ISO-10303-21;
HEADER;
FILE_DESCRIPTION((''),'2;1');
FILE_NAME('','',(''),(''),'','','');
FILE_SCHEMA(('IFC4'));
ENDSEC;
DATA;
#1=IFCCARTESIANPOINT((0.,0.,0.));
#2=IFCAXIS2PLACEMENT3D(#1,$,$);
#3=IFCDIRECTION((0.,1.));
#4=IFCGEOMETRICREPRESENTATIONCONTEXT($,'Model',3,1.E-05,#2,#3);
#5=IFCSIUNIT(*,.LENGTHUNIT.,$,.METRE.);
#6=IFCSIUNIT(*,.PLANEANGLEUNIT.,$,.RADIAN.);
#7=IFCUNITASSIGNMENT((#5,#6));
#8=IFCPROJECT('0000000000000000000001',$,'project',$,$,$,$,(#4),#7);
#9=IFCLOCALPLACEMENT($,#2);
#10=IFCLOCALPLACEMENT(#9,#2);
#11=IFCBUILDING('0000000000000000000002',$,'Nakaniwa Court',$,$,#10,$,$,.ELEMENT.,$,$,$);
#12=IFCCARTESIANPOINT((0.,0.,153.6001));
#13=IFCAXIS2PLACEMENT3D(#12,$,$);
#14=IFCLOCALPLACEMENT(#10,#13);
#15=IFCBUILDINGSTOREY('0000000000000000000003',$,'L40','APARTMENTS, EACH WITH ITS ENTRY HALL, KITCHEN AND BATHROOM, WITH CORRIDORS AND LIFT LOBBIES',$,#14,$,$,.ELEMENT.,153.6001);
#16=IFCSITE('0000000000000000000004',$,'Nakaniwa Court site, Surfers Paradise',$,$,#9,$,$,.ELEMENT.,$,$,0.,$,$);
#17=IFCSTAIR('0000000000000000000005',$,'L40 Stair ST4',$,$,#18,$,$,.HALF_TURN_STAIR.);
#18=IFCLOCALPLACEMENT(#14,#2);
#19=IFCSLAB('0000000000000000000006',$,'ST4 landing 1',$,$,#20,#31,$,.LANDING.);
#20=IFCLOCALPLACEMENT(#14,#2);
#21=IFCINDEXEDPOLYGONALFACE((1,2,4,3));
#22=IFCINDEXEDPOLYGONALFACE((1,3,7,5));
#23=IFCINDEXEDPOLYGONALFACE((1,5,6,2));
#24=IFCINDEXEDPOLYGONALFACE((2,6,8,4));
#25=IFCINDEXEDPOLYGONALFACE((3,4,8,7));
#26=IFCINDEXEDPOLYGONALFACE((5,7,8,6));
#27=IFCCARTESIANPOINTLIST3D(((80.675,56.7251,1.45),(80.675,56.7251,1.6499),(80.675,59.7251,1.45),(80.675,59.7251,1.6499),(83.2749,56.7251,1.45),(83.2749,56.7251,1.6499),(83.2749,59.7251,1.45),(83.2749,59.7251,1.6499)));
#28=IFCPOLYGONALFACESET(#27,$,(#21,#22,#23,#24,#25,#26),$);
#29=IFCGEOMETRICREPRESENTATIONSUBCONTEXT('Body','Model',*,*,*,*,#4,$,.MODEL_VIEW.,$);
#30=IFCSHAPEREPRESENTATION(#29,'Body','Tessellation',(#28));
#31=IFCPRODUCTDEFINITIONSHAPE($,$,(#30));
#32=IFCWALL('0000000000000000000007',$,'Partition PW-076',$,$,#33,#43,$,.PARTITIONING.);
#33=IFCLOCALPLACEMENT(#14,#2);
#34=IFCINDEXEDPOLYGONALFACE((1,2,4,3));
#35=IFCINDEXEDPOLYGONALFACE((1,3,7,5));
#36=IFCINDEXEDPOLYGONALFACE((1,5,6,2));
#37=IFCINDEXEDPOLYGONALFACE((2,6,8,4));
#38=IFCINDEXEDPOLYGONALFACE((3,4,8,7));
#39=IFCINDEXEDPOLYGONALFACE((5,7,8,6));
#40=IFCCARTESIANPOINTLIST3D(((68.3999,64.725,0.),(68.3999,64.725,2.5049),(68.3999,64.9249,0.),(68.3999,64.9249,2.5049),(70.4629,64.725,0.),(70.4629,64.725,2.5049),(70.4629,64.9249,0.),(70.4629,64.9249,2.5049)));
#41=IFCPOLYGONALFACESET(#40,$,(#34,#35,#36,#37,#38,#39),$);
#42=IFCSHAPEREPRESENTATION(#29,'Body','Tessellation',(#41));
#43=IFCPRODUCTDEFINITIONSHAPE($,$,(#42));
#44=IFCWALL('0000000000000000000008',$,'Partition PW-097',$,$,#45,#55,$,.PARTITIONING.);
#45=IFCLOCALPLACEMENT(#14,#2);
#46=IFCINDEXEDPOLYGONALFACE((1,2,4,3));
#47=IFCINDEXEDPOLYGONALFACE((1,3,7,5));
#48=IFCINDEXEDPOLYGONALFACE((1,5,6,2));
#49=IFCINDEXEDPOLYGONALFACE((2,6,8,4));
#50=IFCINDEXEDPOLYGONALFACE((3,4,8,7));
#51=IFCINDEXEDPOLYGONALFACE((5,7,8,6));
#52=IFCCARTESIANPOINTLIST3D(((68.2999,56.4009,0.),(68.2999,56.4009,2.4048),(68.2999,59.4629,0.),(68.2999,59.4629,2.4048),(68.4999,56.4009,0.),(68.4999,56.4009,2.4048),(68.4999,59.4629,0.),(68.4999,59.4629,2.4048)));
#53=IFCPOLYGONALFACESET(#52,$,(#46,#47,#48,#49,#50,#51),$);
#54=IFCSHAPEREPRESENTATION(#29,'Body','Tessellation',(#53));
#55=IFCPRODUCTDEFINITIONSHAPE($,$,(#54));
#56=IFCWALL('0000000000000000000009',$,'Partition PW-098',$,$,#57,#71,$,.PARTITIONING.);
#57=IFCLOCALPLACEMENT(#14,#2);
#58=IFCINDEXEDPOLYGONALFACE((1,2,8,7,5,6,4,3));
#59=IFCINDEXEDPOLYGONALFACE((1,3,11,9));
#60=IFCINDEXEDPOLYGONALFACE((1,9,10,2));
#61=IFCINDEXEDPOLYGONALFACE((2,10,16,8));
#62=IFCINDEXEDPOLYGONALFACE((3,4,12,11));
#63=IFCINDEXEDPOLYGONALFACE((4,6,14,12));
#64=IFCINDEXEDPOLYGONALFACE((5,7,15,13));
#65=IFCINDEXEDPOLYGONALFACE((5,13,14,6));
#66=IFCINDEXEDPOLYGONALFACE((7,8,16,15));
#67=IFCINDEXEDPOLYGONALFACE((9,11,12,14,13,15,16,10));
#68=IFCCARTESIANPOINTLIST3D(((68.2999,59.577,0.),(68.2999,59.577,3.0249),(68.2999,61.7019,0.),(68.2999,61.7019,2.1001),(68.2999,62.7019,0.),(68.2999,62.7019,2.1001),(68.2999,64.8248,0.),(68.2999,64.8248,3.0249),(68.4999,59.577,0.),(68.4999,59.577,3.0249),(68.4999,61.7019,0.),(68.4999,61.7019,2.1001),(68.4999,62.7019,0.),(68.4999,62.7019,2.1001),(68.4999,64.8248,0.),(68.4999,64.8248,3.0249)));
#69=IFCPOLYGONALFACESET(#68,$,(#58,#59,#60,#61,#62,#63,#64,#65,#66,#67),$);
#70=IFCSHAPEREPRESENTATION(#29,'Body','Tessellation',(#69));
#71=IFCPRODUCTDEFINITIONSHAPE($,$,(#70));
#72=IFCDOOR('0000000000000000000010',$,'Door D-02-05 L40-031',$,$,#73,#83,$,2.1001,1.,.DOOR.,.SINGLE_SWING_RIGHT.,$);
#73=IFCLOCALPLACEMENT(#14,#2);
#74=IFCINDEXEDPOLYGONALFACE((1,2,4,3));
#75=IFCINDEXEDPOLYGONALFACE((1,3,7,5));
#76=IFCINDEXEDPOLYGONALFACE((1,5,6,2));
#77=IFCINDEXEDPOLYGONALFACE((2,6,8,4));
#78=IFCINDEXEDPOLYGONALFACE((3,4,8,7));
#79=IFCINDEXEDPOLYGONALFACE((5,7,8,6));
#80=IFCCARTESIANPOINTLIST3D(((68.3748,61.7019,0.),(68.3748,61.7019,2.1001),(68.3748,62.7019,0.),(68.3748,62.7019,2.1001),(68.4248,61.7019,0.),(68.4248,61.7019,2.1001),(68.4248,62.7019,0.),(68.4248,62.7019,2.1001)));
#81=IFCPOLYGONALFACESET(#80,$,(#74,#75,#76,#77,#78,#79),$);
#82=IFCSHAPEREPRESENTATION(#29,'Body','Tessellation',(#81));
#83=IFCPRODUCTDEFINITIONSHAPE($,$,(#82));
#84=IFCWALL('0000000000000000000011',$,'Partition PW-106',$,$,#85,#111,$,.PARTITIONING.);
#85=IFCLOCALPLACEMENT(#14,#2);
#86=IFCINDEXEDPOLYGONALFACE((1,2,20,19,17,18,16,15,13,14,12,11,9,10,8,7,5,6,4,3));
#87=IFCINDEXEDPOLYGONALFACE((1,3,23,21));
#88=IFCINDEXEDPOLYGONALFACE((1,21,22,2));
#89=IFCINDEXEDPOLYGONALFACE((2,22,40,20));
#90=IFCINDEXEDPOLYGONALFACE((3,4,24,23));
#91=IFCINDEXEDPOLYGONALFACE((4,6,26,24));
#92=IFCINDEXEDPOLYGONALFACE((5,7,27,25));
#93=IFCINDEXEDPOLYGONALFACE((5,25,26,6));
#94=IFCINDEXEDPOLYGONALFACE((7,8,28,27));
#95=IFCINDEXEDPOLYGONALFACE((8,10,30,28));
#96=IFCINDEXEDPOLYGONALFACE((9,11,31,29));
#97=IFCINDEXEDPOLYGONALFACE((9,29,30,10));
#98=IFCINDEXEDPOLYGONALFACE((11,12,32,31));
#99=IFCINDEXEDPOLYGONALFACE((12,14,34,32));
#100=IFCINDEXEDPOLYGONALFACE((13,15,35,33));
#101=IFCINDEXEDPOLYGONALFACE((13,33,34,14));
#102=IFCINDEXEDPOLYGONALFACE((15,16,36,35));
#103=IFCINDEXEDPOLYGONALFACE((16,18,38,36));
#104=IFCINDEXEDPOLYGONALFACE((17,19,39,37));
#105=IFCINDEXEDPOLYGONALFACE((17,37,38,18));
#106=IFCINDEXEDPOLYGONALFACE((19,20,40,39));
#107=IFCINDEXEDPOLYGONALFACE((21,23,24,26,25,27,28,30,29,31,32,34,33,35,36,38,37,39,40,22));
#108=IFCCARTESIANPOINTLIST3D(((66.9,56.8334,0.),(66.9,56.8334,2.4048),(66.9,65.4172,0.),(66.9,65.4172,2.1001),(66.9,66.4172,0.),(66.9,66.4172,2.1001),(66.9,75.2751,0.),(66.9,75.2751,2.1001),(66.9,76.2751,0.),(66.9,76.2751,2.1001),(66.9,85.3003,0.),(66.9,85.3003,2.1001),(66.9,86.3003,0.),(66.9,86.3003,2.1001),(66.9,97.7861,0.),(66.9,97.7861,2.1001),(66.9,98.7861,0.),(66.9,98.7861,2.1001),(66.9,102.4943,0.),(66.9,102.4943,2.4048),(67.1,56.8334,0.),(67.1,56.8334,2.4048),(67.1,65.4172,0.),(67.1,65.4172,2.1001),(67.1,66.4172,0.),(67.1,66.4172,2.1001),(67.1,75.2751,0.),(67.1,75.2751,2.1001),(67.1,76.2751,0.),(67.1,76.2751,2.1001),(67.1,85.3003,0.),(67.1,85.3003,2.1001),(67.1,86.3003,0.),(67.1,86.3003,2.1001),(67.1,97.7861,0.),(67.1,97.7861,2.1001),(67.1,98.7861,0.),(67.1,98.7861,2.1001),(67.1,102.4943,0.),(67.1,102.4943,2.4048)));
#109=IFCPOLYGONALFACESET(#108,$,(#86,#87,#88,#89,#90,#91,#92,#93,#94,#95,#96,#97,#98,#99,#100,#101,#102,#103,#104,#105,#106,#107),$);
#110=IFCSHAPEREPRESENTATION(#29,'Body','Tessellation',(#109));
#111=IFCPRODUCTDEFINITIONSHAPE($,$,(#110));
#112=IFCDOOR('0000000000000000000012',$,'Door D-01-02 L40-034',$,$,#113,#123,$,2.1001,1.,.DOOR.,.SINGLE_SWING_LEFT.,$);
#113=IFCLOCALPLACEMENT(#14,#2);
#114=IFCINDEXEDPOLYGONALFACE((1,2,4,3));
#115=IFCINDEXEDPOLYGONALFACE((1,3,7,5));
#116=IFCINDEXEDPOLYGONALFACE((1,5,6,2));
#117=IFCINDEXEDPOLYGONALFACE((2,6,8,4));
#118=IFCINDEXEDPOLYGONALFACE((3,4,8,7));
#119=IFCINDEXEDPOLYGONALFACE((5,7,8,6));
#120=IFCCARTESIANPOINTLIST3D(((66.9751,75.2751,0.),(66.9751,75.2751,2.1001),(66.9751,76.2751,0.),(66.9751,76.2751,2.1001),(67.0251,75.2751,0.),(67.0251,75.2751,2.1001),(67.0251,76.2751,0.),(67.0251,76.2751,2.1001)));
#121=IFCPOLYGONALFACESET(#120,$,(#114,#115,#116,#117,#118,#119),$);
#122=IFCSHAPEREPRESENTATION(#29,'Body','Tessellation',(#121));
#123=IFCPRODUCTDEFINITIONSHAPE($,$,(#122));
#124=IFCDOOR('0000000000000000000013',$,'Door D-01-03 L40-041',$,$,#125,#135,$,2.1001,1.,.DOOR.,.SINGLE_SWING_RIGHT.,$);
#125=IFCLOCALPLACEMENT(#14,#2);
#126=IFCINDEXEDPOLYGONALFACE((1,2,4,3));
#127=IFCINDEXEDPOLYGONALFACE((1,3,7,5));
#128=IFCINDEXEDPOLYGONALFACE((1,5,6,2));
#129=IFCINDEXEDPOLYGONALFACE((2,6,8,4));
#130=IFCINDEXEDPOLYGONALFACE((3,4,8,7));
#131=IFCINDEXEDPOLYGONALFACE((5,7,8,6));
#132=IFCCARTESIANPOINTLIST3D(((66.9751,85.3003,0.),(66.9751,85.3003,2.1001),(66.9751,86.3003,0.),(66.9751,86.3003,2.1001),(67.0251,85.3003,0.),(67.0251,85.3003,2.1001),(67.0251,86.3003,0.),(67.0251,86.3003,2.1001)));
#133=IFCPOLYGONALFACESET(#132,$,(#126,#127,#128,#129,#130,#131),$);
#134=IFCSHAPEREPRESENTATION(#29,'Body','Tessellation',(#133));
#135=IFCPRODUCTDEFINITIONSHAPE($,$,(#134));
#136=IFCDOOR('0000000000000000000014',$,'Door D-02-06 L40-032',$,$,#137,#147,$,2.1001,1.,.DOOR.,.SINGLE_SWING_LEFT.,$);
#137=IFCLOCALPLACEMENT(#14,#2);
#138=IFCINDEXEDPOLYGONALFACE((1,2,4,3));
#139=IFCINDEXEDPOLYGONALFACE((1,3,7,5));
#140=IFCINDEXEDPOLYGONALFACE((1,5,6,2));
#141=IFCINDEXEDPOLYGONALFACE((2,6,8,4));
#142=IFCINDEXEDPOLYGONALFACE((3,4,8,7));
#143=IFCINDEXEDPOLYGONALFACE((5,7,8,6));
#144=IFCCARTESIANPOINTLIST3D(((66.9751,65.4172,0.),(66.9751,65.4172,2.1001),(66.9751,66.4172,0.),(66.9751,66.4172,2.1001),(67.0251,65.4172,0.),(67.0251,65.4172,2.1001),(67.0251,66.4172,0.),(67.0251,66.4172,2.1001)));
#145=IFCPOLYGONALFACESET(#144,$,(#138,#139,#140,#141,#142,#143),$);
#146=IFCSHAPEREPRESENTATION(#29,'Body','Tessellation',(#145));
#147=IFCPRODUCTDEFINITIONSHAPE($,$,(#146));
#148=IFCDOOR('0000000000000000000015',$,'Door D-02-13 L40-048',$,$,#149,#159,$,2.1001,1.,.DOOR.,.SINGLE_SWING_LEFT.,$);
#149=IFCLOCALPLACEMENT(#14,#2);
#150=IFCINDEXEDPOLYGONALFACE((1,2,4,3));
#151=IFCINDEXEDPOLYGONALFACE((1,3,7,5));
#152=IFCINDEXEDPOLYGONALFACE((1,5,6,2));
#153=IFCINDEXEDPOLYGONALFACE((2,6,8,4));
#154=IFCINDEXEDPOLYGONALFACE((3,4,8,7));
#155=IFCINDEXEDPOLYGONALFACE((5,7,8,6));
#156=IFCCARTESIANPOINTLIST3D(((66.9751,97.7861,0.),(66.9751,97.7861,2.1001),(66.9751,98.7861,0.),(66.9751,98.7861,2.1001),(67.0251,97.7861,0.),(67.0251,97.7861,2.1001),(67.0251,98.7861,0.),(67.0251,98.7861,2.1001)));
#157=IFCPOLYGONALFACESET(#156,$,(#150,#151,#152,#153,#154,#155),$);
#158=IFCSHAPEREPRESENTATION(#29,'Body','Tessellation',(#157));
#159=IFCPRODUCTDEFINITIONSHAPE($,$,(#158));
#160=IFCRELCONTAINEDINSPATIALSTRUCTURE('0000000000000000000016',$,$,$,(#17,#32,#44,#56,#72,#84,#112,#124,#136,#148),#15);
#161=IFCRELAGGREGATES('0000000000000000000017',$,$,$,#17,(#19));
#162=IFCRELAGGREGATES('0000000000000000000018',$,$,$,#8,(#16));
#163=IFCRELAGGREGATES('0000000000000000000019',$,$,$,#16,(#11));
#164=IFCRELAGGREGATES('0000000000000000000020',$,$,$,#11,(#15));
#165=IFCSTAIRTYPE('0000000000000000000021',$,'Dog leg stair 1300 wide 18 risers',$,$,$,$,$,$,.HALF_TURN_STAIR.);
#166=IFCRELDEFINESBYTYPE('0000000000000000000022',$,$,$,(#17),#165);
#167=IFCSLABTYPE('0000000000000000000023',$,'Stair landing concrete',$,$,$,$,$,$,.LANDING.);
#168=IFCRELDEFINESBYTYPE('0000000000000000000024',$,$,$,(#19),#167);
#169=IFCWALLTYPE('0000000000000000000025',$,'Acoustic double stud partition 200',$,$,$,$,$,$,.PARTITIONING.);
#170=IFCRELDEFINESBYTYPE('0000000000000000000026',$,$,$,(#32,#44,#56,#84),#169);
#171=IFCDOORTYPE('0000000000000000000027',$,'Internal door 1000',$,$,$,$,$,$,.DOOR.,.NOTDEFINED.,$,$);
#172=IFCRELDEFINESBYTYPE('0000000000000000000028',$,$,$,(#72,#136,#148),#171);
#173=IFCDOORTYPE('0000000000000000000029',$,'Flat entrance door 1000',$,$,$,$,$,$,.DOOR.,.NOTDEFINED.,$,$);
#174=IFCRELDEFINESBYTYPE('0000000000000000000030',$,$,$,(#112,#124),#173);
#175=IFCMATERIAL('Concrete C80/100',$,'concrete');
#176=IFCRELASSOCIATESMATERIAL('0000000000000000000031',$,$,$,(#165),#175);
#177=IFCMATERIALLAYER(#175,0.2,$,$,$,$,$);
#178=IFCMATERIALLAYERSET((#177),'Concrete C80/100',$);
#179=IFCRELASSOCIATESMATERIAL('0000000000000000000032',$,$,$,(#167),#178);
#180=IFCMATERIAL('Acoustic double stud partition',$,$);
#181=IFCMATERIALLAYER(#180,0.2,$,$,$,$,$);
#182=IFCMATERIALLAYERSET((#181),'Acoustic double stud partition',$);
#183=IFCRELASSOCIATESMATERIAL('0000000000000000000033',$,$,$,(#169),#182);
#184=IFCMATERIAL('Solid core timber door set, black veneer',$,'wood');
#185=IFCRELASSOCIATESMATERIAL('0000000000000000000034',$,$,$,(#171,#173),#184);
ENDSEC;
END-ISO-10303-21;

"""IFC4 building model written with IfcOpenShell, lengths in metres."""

from ifc_helpers import new_model, si_unit, direction, frame, frame_2d, origin, place, context, subcontext, project, spatial, polyline, rectangle, outline, extrude, material, layer, layer_set, type_object, element, fill, aggregate, save


model = new_model("IFC4")

# Units and contexts
model_context = context("Model", 3, precision=1e-05, world=origin(), true_north=direction((0.0, 1.0)))
body_context = subcontext(model_context, "Body", "Model", "MODEL_VIEW")
ifc_project = project(units=[si_unit("LENGTHUNIT", "METRE"), si_unit("PLANEANGLEUNIT", "RADIAN")], contexts=[model_context])

# Site, building, storey
site_placement = place(None, origin())
site = spatial("IfcSite", under=ifc_project, at=site_placement, Name="Nakaniwa Court site, Surfers Paradise", CompositionType="ELEMENT", RefElevation=0.0)
building_placement = place(site_placement, origin())
building = spatial("IfcBuilding", under=site, at=building_placement, Name="Nakaniwa Court", CompositionType="ELEMENT")
storey_placement = place(building_placement, frame((0.0, 0.0, 153.6001)))
storey = spatial("IfcBuildingStorey", under=building, at=storey_placement, Name="L40", Description="APARTMENTS, EACH WITH ITS ENTRY HALL, KITCHEN AND BATHROOM, WITH CORRIDORS AND LIFT LOBBIES", CompositionType="ELEMENT", Elevation=153.6001)

# Shared definitions
ifc_material_1 = material(Name="Concrete C80/100", Category="concrete")

# Stair, slab
stair_type = type_object("IfcStairType", Name="Dog leg stair 1300 wide 18 risers", PredefinedType="HALF_TURN_STAIR", material=ifc_material_1)
ifc_layer_1 = layer(ifc_material_1, 0.2)
ifc_layer_set_1 = layer_set([ifc_layer_1], Name="Concrete C80/100")
slab_type_1 = type_object("IfcSlabType", Name="Stair landing concrete", PredefinedType="LANDING", material=ifc_layer_set_1)
stair_1_placement = place(storey_placement, origin())
stair_1 = element("IfcStair", 1, at=stair_1_placement, inside=storey, type_object=stair_type, Name="L40 Stair ST4", PredefinedType="HALF_TURN_STAIR")
slab_1_placement = place(storey_placement, frame((0.0, 0.0, 1.45)))
slab_1 = element("IfcSlab", 2, at=slab_1_placement, type_object=slab_type_1, Name="ST4 landing 1", PredefinedType="LANDING", context=body_context, shape_type="SweptSolid", body=[
    extrude(outline(polyline([(83.2749, 56.7251), (83.2749, 59.7251), (80.675, 59.7251), (80.675, 56.7251), (83.2749, 56.7251)])), origin(), (0.0, 0.0, 1.0), 0.2),
])
aggregate(stair_1, [slab_1])

# Walls
ifc_material_2 = material(Name="Acoustic double stud partition")
ifc_layer_2 = layer(ifc_material_2, 0.2)
ifc_layer_set_2 = layer_set([ifc_layer_2], Name="Acoustic double stud partition")
wall_type_1 = type_object("IfcWallType", Name="Acoustic double stud partition 200", PredefinedType="PARTITIONING", material=ifc_layer_set_2)
wall_1_placement = place(storey_placement, frame((68.3999, 64.825, 0.0), z_axis=(0.0, 0.0, 1.0), x_axis=(1.0, 0.0, 0.0)))
element("IfcWall", 3, at=wall_1_placement, inside=storey, type_object=wall_type_1, Name="Partition PW-076", PredefinedType="PARTITIONING", context=body_context, shape_type="SweptSolid", body=[
    extrude(rectangle(XDim=2.063, YDim=0.2, at=frame_2d((1.0315, 0.0))), origin(), (0.0, 0.0, 1.0), 2.5049),
])
wall_2_placement = place(storey_placement, frame((68.3999, 56.4009, 0.0), z_axis=(0.0, 0.0, 1.0), x_axis=(0.0, 1.0, 0.0)))
element("IfcWall", 4, at=wall_2_placement, inside=storey, type_object=wall_type_1, Name="Partition PW-097", PredefinedType="PARTITIONING", context=body_context, shape_type="SweptSolid", body=[
    extrude(rectangle(XDim=3.062, YDim=0.2, at=frame_2d((1.531, 0.0))), origin(), (0.0, 0.0, 1.0), 2.4048),
])

# Wall, opening, door
wall_3_placement = place(storey_placement, frame((68.3999, 64.825, 0.0), z_axis=(0.0, 0.0, 1.0), x_axis=(0.0, -1.0, 0.0)))
wall_3 = element("IfcWall", 5, at=wall_3_placement, inside=storey, type_object=wall_type_1, Name="Partition PW-098", PredefinedType="PARTITIONING", context=body_context, shape_type="SweptSolid", body=[
    extrude(rectangle(XDim=5.2478, YDim=0.2, at=frame_2d((2.624, 0.0))), origin(), (0.0, 0.0, 1.0), 3.0249),
])
opening_1_placement = place(wall_3_placement, frame((2.123, 0.0, 0.0)))
opening_1 = element("IfcOpeningElement", 6, at=opening_1_placement, cuts=wall_3, PredefinedType="OPENING", context=body_context, shape_type="SweptSolid", body=[
    extrude(rectangle(XDim=1.0, YDim=2.1001, at=frame_2d((0.5, 1.05))), frame((0.0, 0.1099, 0.0), z_axis=(0.0, -1.0, 0.0), x_axis=(1.0, 0.0, 0.0)), (0.0, 0.0, 1.0), 0.22),
])
ifc_material_3 = material(Name="Solid core timber door set, black veneer", Category="wood")
door_type_1 = type_object("IfcDoorType", Name="Internal door 1000", OperationType="NOTDEFINED", PredefinedType="DOOR", material=ifc_material_3)
door_1_placement = place(opening_1_placement, origin())
door_1 = element("IfcDoor", 7, at=door_1_placement, inside=storey, type_object=door_type_1, Name="Door D-02-05 L40-031", OperationType="SINGLE_SWING_RIGHT", OverallHeight=2.1001, OverallWidth=1.0, PredefinedType="DOOR", context=body_context, shape_type="SweptSolid", body=[
    extrude(rectangle(XDim=1.0, YDim=2.1001, at=frame_2d((0.5, 1.05))), frame((0.0, 0.0249, 0.0), z_axis=(0.0, -1.0, 0.0), x_axis=(1.0, 0.0, 0.0)), (0.0, 0.0, 1.0), 0.05),
])
fill(opening_1, door_1)

# Wall, openings, doors
wall_4_placement = place(storey_placement, frame((67.0, 56.8333, 0.0), z_axis=(0.0, 0.0, 1.0), x_axis=(0.0, 1.0, 0.0)))
wall_4 = element("IfcWall", 8, at=wall_4_placement, inside=storey, type_object=wall_type_1, Name="Partition PW-106", PredefinedType="PARTITIONING", context=body_context, shape_type="SweptSolid", body=[
    extrude(rectangle(XDim=45.6609, YDim=0.2, at=frame_2d((22.8306, 0.0))), origin(), (0.0, 0.0, 1.0), 2.4048),
])
opening_2_placement = place(wall_4_placement, frame((8.584, 0.0, 0.0)))
opening_2 = element("IfcOpeningElement", 9, at=opening_2_placement, cuts=wall_4, PredefinedType="OPENING", context=body_context, shape_type="SweptSolid", body=[
    extrude(rectangle(XDim=1.0, YDim=2.1001, at=frame_2d((0.5, 1.05))), frame((0.0, 0.1099, 0.0), z_axis=(0.0, -1.0, 0.0), x_axis=(1.0, 0.0, 0.0)), (0.0, 0.0, 1.0), 0.22),
])
opening_3_placement = place(wall_4_placement, frame((18.4419, 0.0, 0.0)))
opening_3 = element("IfcOpeningElement", 10, at=opening_3_placement, cuts=wall_4, PredefinedType="OPENING", context=body_context, shape_type="SweptSolid", body=[
    extrude(rectangle(XDim=1.0, YDim=2.1001, at=frame_2d((0.5, 1.05))), frame((0.0, 0.1099, 0.0), z_axis=(0.0, -1.0, 0.0), x_axis=(1.0, 0.0, 0.0)), (0.0, 0.0, 1.0), 0.22),
])
opening_4_placement = place(wall_4_placement, frame((28.467, 0.0, 0.0)))
opening_4 = element("IfcOpeningElement", 11, at=opening_4_placement, cuts=wall_4, PredefinedType="OPENING", context=body_context, shape_type="SweptSolid", body=[
    extrude(rectangle(XDim=1.0, YDim=2.1001, at=frame_2d((0.5, 1.05))), frame((0.0, 0.1099, 0.0), z_axis=(0.0, -1.0, 0.0), x_axis=(1.0, 0.0, 0.0)), (0.0, 0.0, 1.0), 0.22),
])
opening_5_placement = place(wall_4_placement, frame((40.9529, 0.0, 0.0)))
opening_5 = element("IfcOpeningElement", 12, at=opening_5_placement, cuts=wall_4, PredefinedType="OPENING", context=body_context, shape_type="SweptSolid", body=[
    extrude(rectangle(XDim=1.0, YDim=2.1001, at=frame_2d((0.5, 1.05))), frame((0.0, 0.1099, 0.0), z_axis=(0.0, -1.0, 0.0), x_axis=(1.0, 0.0, 0.0)), (0.0, 0.0, 1.0), 0.22),
])
door_type_2 = type_object("IfcDoorType", Name="Flat entrance door 1000", OperationType="NOTDEFINED", PredefinedType="DOOR", material=ifc_material_3)
door_2_placement = place(opening_3_placement, origin())
door_2 = element("IfcDoor", 13, at=door_2_placement, inside=storey, type_object=door_type_2, Name="Door D-01-02 L40-034", OperationType="SINGLE_SWING_LEFT", OverallHeight=2.1001, OverallWidth=1.0, PredefinedType="DOOR", context=body_context, shape_type="SweptSolid", body=[
    extrude(rectangle(XDim=1.0, YDim=2.1001, at=frame_2d((0.5, 1.05))), frame((0.0, 0.0249, 0.0), z_axis=(0.0, -1.0, 0.0), x_axis=(1.0, 0.0, 0.0)), (0.0, 0.0, 1.0), 0.05),
])
fill(opening_3, door_2)
door_3_placement = place(opening_4_placement, origin())
door_3 = element("IfcDoor", 14, at=door_3_placement, inside=storey, type_object=door_type_2, Name="Door D-01-03 L40-041", OperationType="SINGLE_SWING_RIGHT", OverallHeight=2.1001, OverallWidth=1.0, PredefinedType="DOOR", context=body_context, shape_type="SweptSolid", body=[
    extrude(rectangle(XDim=1.0, YDim=2.1001, at=frame_2d((0.5, 1.05))), frame((0.0, 0.0249, 0.0), z_axis=(0.0, -1.0, 0.0), x_axis=(1.0, 0.0, 0.0)), (0.0, 0.0, 1.0), 0.05),
])
fill(opening_4, door_3)
door_4_placement = place(opening_2_placement, origin())
door_4 = element("IfcDoor", 15, at=door_4_placement, inside=storey, type_object=door_type_1, Name="Door D-02-06 L40-032", OperationType="SINGLE_SWING_LEFT", OverallHeight=2.1001, OverallWidth=1.0, PredefinedType="DOOR", context=body_context, shape_type="SweptSolid", body=[
    extrude(rectangle(XDim=1.0, YDim=2.1001, at=frame_2d((0.5, 1.05))), frame((0.0, 0.0249, 0.0), z_axis=(0.0, -1.0, 0.0), x_axis=(1.0, 0.0, 0.0)), (0.0, 0.0, 1.0), 0.05),
])
fill(opening_2, door_4)
door_5_placement = place(opening_5_placement, origin())
door_5 = element("IfcDoor", 16, at=door_5_placement, inside=storey, type_object=door_type_1, Name="Door D-02-13 L40-048", OperationType="SINGLE_SWING_LEFT", OverallHeight=2.1001, OverallWidth=1.0, PredefinedType="DOOR", context=body_context, shape_type="SweptSolid", body=[
    extrude(rectangle(XDim=1.0, YDim=2.1001, at=frame_2d((0.5, 1.05))), frame((0.0, 0.0249, 0.0), z_axis=(0.0, -1.0, 0.0), x_axis=(1.0, 0.0, 0.0)), (0.0, 0.0, 1.0), 0.05),
])
fill(opening_5, door_5)

save(model, "model.ifc")
